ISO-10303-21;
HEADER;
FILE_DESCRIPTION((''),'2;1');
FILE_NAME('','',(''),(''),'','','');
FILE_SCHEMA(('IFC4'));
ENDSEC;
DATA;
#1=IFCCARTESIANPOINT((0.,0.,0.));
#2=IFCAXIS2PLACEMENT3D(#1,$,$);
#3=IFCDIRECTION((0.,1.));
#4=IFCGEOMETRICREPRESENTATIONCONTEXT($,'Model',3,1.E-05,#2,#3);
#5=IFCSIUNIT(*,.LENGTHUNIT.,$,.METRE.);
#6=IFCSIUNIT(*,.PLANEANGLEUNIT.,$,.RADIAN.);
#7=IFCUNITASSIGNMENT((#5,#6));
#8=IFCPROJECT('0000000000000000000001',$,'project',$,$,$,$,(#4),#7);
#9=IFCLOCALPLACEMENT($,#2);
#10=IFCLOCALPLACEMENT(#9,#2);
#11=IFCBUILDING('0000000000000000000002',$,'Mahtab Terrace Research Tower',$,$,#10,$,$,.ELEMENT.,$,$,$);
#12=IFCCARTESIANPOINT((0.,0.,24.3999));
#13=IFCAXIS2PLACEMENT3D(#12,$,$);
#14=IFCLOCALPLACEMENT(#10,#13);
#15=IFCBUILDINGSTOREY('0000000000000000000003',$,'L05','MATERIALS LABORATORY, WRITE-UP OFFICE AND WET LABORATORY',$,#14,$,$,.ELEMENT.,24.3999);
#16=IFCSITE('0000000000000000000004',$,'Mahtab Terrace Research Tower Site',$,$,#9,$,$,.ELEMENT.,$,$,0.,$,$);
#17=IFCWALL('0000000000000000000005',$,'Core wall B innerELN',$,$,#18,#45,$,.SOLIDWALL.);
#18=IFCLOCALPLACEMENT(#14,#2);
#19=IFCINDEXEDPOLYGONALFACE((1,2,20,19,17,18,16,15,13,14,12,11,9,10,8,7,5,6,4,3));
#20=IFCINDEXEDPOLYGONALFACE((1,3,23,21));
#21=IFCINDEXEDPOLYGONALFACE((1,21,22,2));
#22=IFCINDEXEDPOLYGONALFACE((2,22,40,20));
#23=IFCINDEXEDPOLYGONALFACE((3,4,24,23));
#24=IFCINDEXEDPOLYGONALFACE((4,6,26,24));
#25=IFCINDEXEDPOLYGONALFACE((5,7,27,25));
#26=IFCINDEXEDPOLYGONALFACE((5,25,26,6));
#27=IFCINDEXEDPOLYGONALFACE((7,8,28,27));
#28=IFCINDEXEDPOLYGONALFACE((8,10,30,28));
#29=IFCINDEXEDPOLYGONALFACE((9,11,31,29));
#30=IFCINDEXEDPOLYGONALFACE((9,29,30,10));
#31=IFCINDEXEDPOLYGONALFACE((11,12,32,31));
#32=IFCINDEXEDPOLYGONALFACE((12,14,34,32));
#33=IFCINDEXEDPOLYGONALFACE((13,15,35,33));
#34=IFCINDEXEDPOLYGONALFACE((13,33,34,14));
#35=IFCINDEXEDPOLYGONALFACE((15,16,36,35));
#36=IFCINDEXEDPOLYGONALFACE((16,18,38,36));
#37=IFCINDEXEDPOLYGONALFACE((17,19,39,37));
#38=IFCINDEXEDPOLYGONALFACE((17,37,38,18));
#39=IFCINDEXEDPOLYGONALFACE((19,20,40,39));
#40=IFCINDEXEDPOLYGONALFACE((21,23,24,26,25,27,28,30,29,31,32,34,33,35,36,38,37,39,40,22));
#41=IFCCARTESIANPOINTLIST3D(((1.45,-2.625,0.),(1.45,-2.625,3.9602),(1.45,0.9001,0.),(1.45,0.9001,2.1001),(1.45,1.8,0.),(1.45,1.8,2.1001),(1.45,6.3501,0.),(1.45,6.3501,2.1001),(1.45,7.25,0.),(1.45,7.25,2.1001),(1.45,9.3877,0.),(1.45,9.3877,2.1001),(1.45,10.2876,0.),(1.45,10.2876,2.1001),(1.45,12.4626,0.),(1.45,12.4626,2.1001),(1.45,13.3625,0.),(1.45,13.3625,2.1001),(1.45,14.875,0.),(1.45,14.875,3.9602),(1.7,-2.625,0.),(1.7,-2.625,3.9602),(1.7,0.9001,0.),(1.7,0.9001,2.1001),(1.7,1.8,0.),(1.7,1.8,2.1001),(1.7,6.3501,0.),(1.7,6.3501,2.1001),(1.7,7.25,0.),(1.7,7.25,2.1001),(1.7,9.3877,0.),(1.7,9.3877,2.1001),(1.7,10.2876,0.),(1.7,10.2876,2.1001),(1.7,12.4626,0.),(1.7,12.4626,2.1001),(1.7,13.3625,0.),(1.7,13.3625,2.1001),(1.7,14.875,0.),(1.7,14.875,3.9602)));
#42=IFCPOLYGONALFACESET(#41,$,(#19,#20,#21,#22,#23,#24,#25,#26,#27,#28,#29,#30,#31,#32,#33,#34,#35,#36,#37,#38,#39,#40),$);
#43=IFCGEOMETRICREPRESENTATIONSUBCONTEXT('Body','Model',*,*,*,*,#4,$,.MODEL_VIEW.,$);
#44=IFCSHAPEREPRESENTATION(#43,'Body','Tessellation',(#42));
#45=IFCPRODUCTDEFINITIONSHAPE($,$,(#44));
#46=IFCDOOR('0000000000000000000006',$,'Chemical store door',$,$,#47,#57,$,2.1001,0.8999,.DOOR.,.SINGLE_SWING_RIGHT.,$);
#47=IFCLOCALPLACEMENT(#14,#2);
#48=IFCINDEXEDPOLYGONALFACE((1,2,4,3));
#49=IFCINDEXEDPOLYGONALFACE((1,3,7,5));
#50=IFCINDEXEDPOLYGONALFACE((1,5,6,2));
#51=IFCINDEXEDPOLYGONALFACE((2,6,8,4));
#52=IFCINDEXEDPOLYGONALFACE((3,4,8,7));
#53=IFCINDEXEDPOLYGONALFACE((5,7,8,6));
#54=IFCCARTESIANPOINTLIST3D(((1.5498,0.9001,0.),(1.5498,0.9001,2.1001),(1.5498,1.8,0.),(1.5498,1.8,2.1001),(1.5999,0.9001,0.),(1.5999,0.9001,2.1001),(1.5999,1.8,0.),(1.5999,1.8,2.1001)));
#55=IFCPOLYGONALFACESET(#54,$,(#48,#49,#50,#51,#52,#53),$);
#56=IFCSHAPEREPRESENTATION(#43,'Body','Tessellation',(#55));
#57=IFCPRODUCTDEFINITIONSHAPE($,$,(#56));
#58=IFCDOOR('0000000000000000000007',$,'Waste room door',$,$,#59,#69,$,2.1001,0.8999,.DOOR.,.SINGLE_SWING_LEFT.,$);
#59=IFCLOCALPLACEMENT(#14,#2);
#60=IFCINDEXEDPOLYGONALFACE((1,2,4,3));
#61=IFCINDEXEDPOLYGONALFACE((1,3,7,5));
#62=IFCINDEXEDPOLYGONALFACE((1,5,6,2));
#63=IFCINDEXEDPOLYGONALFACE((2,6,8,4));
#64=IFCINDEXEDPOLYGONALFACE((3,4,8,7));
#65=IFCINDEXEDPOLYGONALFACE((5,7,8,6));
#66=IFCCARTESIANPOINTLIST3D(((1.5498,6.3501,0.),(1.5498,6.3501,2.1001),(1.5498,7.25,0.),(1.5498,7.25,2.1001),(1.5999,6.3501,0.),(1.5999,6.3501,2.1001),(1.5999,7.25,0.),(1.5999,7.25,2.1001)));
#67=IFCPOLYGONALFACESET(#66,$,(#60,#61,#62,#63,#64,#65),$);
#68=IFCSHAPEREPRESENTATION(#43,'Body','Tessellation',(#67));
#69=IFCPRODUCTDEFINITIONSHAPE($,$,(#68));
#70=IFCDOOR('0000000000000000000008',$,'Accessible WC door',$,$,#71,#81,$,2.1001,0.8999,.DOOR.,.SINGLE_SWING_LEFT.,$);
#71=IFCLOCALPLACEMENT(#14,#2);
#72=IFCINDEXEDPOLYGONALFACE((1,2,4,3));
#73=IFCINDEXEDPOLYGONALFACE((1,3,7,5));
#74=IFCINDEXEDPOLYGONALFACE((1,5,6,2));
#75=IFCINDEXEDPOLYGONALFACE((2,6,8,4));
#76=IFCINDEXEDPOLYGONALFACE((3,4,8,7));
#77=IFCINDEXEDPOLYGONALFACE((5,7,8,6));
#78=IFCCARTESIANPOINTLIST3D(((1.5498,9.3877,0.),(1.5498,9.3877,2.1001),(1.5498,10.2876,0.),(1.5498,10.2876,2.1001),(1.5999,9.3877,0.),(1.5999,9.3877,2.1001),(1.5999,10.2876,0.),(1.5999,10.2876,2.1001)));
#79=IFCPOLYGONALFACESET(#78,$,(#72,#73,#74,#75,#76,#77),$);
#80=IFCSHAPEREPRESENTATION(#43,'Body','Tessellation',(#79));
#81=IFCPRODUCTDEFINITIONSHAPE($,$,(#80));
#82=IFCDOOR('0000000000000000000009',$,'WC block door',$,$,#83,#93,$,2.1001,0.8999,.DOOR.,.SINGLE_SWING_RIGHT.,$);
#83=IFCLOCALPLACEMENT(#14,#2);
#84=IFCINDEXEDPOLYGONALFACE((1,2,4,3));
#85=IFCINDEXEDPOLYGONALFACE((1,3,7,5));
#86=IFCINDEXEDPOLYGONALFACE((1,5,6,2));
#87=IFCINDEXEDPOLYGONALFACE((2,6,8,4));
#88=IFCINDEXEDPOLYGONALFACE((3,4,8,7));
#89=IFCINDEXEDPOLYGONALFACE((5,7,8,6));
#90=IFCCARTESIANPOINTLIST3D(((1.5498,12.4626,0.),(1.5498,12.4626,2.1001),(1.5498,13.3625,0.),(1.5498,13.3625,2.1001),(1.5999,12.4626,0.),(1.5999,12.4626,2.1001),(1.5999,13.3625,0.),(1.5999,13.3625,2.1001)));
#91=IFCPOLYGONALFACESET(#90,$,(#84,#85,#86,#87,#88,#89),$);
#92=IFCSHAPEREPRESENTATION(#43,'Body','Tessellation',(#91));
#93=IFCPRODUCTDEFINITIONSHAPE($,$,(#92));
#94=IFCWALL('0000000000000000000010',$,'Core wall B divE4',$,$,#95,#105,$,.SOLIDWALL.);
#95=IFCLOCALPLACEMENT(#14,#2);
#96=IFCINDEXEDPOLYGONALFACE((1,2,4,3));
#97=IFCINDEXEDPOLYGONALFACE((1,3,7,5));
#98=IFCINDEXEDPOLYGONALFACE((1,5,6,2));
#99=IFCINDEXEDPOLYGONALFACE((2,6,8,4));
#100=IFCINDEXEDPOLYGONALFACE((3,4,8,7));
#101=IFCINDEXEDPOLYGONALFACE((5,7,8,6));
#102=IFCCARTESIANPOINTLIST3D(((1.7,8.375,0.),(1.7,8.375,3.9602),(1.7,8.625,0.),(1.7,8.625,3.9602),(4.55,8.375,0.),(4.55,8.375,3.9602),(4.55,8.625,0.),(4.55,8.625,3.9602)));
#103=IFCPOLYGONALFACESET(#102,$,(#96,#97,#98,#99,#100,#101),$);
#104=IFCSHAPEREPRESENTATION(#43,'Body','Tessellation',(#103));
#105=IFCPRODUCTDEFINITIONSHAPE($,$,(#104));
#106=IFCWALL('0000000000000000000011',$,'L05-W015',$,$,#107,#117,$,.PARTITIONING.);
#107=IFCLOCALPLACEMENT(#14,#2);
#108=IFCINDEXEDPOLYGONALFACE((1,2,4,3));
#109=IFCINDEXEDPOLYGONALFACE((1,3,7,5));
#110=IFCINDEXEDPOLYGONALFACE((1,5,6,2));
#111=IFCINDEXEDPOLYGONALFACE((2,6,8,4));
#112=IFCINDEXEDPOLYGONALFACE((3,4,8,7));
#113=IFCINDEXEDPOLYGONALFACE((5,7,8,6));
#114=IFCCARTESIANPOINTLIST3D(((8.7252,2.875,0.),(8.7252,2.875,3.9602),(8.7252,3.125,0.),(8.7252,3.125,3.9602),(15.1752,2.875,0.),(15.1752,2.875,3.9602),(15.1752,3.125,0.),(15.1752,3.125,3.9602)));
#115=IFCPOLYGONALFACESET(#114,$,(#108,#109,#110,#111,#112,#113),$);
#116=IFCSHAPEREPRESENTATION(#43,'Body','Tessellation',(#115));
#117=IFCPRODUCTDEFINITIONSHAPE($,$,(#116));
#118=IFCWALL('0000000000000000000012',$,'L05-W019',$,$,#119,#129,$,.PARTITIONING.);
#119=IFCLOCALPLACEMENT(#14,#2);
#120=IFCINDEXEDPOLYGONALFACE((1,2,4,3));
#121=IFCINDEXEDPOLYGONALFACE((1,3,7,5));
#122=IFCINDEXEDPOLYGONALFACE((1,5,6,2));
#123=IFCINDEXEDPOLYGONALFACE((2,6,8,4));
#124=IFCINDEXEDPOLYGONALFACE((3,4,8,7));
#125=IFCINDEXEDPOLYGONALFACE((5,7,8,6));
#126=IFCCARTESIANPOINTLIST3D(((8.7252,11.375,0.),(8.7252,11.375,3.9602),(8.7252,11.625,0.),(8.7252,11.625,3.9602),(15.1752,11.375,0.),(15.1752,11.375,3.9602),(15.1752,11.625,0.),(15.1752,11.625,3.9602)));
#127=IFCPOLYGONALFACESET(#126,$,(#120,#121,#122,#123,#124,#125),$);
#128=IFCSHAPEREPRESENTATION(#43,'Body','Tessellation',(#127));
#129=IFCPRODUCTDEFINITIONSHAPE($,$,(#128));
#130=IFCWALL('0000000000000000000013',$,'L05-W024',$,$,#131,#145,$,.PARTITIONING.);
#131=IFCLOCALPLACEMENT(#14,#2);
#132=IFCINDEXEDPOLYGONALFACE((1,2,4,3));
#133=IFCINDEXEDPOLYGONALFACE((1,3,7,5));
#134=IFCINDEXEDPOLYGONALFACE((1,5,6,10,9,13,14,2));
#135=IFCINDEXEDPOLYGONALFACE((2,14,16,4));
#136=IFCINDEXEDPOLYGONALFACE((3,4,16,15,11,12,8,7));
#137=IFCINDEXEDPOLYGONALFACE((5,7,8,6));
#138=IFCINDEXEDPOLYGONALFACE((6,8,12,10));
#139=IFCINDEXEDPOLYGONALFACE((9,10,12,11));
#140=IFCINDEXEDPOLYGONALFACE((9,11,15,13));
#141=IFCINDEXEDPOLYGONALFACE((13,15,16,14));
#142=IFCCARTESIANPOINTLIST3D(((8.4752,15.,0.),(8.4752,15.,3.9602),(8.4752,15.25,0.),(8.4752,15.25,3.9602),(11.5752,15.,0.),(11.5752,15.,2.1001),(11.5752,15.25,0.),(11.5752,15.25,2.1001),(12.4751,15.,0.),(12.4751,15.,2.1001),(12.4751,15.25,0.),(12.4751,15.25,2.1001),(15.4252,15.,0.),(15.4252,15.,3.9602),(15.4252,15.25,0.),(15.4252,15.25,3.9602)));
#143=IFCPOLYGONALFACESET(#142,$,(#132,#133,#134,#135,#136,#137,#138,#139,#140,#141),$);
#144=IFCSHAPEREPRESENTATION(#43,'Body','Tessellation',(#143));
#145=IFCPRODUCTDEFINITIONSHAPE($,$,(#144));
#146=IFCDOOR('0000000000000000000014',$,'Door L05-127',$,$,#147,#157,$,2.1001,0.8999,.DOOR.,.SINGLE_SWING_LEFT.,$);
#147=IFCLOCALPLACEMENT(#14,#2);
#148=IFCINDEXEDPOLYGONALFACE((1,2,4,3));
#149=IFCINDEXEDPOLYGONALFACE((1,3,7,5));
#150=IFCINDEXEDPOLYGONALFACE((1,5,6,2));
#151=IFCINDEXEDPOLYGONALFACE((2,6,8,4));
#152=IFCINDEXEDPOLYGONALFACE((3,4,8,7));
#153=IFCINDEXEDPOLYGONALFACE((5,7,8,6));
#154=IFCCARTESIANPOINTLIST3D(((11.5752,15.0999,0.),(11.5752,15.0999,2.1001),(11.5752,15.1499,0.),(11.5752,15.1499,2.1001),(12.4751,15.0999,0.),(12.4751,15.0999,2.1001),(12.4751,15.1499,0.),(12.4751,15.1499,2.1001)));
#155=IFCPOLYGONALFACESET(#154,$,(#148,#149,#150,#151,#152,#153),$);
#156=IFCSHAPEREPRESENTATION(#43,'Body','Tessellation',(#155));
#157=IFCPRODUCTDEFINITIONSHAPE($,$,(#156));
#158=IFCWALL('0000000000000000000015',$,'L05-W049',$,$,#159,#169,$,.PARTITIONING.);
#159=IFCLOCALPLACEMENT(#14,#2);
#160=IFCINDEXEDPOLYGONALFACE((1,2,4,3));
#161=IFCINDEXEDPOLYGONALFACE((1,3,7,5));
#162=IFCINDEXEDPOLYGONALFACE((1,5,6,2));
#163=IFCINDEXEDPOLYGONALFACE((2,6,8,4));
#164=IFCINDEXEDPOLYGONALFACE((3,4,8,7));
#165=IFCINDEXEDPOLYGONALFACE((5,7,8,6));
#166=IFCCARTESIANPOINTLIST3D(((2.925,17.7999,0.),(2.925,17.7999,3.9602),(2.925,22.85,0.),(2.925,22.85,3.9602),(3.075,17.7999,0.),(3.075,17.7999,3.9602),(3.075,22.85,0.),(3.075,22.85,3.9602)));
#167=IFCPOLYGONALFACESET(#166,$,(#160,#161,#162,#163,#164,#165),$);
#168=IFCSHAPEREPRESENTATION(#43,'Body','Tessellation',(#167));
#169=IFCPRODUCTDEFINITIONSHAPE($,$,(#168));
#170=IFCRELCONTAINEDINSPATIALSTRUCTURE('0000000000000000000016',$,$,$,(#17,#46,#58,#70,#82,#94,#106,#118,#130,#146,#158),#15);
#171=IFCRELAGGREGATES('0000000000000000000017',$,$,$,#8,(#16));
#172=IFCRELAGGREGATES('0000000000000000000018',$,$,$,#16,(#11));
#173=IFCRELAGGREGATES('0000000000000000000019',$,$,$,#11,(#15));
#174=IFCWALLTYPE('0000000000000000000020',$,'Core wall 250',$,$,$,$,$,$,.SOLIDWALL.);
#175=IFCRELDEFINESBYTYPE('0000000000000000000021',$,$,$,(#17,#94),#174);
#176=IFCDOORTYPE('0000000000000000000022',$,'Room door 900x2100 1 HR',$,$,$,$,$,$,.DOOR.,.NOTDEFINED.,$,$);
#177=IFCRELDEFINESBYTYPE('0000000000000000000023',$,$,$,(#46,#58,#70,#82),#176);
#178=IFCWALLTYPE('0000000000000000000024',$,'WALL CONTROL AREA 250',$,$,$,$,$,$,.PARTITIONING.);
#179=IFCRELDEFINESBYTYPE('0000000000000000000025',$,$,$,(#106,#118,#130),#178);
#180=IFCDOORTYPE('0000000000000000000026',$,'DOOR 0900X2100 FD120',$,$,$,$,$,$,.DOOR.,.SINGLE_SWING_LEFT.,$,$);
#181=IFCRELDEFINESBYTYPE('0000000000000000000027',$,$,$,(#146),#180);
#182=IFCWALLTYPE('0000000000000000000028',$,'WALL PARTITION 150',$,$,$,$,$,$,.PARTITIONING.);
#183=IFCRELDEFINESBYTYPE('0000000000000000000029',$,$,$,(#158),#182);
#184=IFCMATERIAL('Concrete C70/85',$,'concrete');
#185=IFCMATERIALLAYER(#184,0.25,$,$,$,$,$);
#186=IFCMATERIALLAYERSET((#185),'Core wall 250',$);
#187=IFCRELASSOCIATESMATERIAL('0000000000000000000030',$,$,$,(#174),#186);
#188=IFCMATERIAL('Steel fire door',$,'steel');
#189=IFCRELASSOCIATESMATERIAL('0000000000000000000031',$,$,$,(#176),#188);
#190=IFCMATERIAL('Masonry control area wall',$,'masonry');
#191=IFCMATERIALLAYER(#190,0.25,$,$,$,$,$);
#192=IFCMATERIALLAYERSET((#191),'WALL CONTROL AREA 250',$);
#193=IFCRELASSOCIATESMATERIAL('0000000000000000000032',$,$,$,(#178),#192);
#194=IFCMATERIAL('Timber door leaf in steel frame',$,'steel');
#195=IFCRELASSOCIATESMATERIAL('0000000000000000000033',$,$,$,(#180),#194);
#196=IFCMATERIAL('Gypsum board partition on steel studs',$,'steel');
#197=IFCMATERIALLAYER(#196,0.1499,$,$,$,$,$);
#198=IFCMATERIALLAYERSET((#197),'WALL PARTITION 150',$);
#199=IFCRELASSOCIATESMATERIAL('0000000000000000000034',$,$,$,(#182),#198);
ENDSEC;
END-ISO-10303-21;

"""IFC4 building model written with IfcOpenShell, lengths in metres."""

from ifc_helpers import new_model, si_unit, direction, frame, frame_2d, origin, place, context, subcontext, project, spatial, rectangle, extrude, material, layer, layer_set, type_object, element, fill, save


model = new_model("IFC4")

# Units and contexts
model_context = context("Model", 3, precision=1e-05, world=origin(), true_north=direction((0.0, 1.0)))
body_context = subcontext(model_context, "Body", "Model", "MODEL_VIEW")
ifc_project = project(units=[si_unit("LENGTHUNIT", "METRE"), si_unit("PLANEANGLEUNIT", "RADIAN")], contexts=[model_context])

# Site, building, storey
site_placement = place(None, origin())
site = spatial("IfcSite", under=ifc_project, at=site_placement, Name="Mahtab Terrace Research Tower Site", CompositionType="ELEMENT", RefElevation=0.0)
building_placement = place(site_placement, origin())
building = spatial("IfcBuilding", under=site, at=building_placement, Name="Mahtab Terrace Research Tower", CompositionType="ELEMENT")
storey_placement = place(building_placement, frame((0.0, 0.0, 24.3999)))
storey = spatial("IfcBuildingStorey", under=building, at=storey_placement, Name="L05", Description="MATERIALS LABORATORY, WRITE-UP OFFICE AND WET LABORATORY", CompositionType="ELEMENT", Elevation=24.3999)

# Shared definitions
ifc_material_1 = material(Name="Concrete C70/85", Category="concrete")

# Wall, openings, doors
ifc_layer_1 = layer(ifc_material_1, 0.25)
ifc_layer_set_1 = layer_set([ifc_layer_1], Name="Core wall 250")
wall_type_1 = type_object("IfcWallType", Name="Core wall 250", PredefinedType="SOLIDWALL", material=ifc_layer_set_1)
wall_1_placement = place(storey_placement, frame((1.575, 14.875, 0.0), z_axis=(0.0, 0.0, 1.0), x_axis=(0.0, -1.0, 0.0)))
wall_1 = element("IfcWall", 1, at=wall_1_placement, inside=storey, type_object=wall_type_1, Name="Core wall B innerELN", PredefinedType="SOLIDWALL", context=body_context, shape_type="SweptSolid", body=[
    extrude(rectangle(XDim=17.5, YDim=0.25, at=frame_2d((8.75, 0.0))), origin(), (0.0, 0.0, 1.0), 3.9602),
])
opening_1_placement = place(wall_1_placement, frame((13.075, 0.0, 0.0)))
opening_1 = element("IfcOpeningElement", 2, at=opening_1_placement, cuts=wall_1, PredefinedType="OPENING", context=body_context, shape_type="SweptSolid", body=[
    extrude(rectangle(XDim=0.8999, YDim=2.1001, at=frame_2d((0.45, 1.05))), frame((0.0, 0.135, 0.0), z_axis=(0.0, -1.0, 0.0), x_axis=(1.0, 0.0, 0.0)), (0.0, 0.0, 1.0), 0.27),
])
opening_2_placement = place(wall_1_placement, frame((7.625, 0.0, 0.0)))
opening_2 = element("IfcOpeningElement", 3, at=opening_2_placement, cuts=wall_1, PredefinedType="OPENING", context=body_context, shape_type="SweptSolid", body=[
    extrude(rectangle(XDim=0.8999, YDim=2.1001, at=frame_2d((0.45, 1.05))), frame((0.0, 0.135, 0.0), z_axis=(0.0, -1.0, 0.0), x_axis=(1.0, 0.0, 0.0)), (0.0, 0.0, 1.0), 0.27),
])
opening_3_placement = place(wall_1_placement, frame((4.5874, 0.0, 0.0)))
opening_3 = element("IfcOpeningElement", 4, at=opening_3_placement, cuts=wall_1, PredefinedType="OPENING", context=body_context, shape_type="SweptSolid", body=[
    extrude(rectangle(XDim=0.8999, YDim=2.1001, at=frame_2d((0.45, 1.05))), frame((0.0, 0.135, 0.0), z_axis=(0.0, -1.0, 0.0), x_axis=(1.0, 0.0, 0.0)), (0.0, 0.0, 1.0), 0.27),
])
opening_4_placement = place(wall_1_placement, frame((1.5125, 0.0, 0.0)))
opening_4 = element("IfcOpeningElement", 5, at=opening_4_placement, cuts=wall_1, PredefinedType="OPENING", context=body_context, shape_type="SweptSolid", body=[
    extrude(rectangle(XDim=0.8999, YDim=2.1001, at=frame_2d((0.45, 1.05))), frame((0.0, 0.135, 0.0), z_axis=(0.0, -1.0, 0.0), x_axis=(1.0, 0.0, 0.0)), (0.0, 0.0, 1.0), 0.27),
])
ifc_material_2 = material(Name="Steel fire door", Category="steel")
door_type_1 = type_object("IfcDoorType", Name="Room door 900x2100 1 HR", OperationType="NOTDEFINED", PredefinedType="DOOR", material=ifc_material_2)
door_1_placement = place(opening_1_placement, origin())
door_1 = element("IfcDoor", 6, at=door_1_placement, inside=storey, type_object=door_type_1, Name="Chemical store door", OperationType="SINGLE_SWING_RIGHT", OverallHeight=2.1001, OverallWidth=0.8999, PredefinedType="DOOR", context=body_context, shape_type="SweptSolid", body=[
    extrude(rectangle(XDim=0.8999, YDim=2.1001, at=frame_2d((0.45, 1.05))), frame((0.0, 0.0249, 0.0), z_axis=(0.0, -1.0, 0.0), x_axis=(1.0, 0.0, 0.0)), (0.0, 0.0, 1.0), 0.05),
])
fill(opening_1, door_1)
door_2_placement = place(opening_2_placement, origin())
door_2 = element("IfcDoor", 7, at=door_2_placement, inside=storey, type_object=door_type_1, Name="Waste room door", OperationType="SINGLE_SWING_LEFT", OverallHeight=2.1001, OverallWidth=0.8999, PredefinedType="DOOR", context=body_context, shape_type="SweptSolid", body=[
    extrude(rectangle(XDim=0.8999, YDim=2.1001, at=frame_2d((0.45, 1.05))), frame((0.0, 0.0249, 0.0), z_axis=(0.0, -1.0, 0.0), x_axis=(1.0, 0.0, 0.0)), (0.0, 0.0, 1.0), 0.05),
])
fill(opening_2, door_2)
door_3_placement = place(opening_3_placement, origin())
door_3 = element("IfcDoor", 8, at=door_3_placement, inside=storey, type_object=door_type_1, Name="Accessible WC door", OperationType="SINGLE_SWING_LEFT", OverallHeight=2.1001, OverallWidth=0.8999, PredefinedType="DOOR", context=body_context, shape_type="SweptSolid", body=[
    extrude(rectangle(XDim=0.8999, YDim=2.1001, at=frame_2d((0.45, 1.05))), frame((0.0, 0.0249, 0.0), z_axis=(0.0, -1.0, 0.0), x_axis=(1.0, 0.0, 0.0)), (0.0, 0.0, 1.0), 0.05),
])
fill(opening_3, door_3)
door_4_placement = place(opening_4_placement, origin())
door_4 = element("IfcDoor", 9, at=door_4_placement, inside=storey, type_object=door_type_1, Name="WC block door", OperationType="SINGLE_SWING_RIGHT", OverallHeight=2.1001, OverallWidth=0.8999, PredefinedType="DOOR", context=body_context, shape_type="SweptSolid", body=[
    extrude(rectangle(XDim=0.8999, YDim=2.1001, at=frame_2d((0.45, 1.05))), frame((0.0, 0.0249, 0.0), z_axis=(0.0, -1.0, 0.0), x_axis=(1.0, 0.0, 0.0)), (0.0, 0.0, 1.0), 0.05),
])
fill(opening_4, door_4)

# Walls
wall_2_placement = place(storey_placement, frame((1.7, 8.5, 0.0), z_axis=(0.0, 0.0, 1.0), x_axis=(1.0, 0.0, 0.0)))
element("IfcWall", 10, at=wall_2_placement, inside=storey, type_object=wall_type_1, Name="Core wall B divE4", PredefinedType="SOLIDWALL", context=body_context, shape_type="SweptSolid", body=[
    extrude(rectangle(XDim=2.8501, YDim=0.25, at=frame_2d((1.425, 0.0))), origin(), (0.0, 0.0, 1.0), 3.9602),
])
ifc_material_3 = material(Name="Masonry control area wall", Category="masonry")
ifc_layer_2 = layer(ifc_material_3, 0.25)
ifc_layer_set_2 = layer_set([ifc_layer_2], Name="WALL CONTROL AREA 250")
wall_type_2 = type_object("IfcWallType", Name="WALL CONTROL AREA 250", PredefinedType="PARTITIONING", material=ifc_layer_set_2)
for number, where, z_axis, x_axis, name in (
    (11, (8.7251, 3.0, 0.0), (0.0, 0.0, 1.0), (1.0, 0.0, 0.0), "L05-W015"),
    (12, (8.7251, 11.5, 0.0), (0.0, 0.0, 1.0), (1.0, 0.0, 0.0), "L05-W019"),
):
    element("IfcWall", number, at=place(storey_placement, frame(where, z_axis=z_axis, x_axis=x_axis)), inside=storey, type_object=wall_type_2, Name=name, PredefinedType="PARTITIONING", context=body_context, shape_type="SweptSolid", body=[
        extrude(rectangle(XDim=6.45, YDim=0.25, at=frame_2d((3.2251, 0.0))), origin(), (0.0, 0.0, 1.0), 3.9602),
    ])

# Wall, opening, door
wall_3_placement = place(storey_placement, frame((8.4751, 15.125, 0.0), z_axis=(0.0, 0.0, 1.0), x_axis=(1.0, 0.0, 0.0)))
wall_3 = element("IfcWall", 13, at=wall_3_placement, inside=storey, type_object=wall_type_2, Name="L05-W024", PredefinedType="PARTITIONING", context=body_context, shape_type="SweptSolid", body=[
    extrude(rectangle(XDim=6.95, YDim=0.25, at=frame_2d((3.4751, 0.0))), origin(), (0.0, 0.0, 1.0), 3.9602),
])
opening_5_placement = place(wall_3_placement, frame((3.1001, 0.0, 0.0)))
opening_5 = element("IfcOpeningElement", 14, at=opening_5_placement, cuts=wall_3, PredefinedType="OPENING", context=body_context, shape_type="SweptSolid", body=[
    extrude(rectangle(XDim=0.8999, YDim=2.1001, at=frame_2d((0.45, 1.05))), frame((0.0, 0.135, 0.0), z_axis=(0.0, -1.0, 0.0), x_axis=(1.0, 0.0, 0.0)), (0.0, 0.0, 1.0), 0.27),
])
ifc_material_4 = material(Name="Timber door leaf in steel frame", Category="steel")
door_type_2 = type_object("IfcDoorType", Name="DOOR 0900X2100 FD120", OperationType="SINGLE_SWING_LEFT", PredefinedType="DOOR", material=ifc_material_4)
door_5_placement = place(opening_5_placement, origin())
door_5 = element("IfcDoor", 15, at=door_5_placement, inside=storey, type_object=door_type_2, Name="Door L05-127", OperationType="SINGLE_SWING_LEFT", OverallHeight=2.1001, OverallWidth=0.8999, PredefinedType="DOOR", context=body_context, shape_type="SweptSolid", body=[
    extrude(rectangle(XDim=0.8999, YDim=2.1001, at=frame_2d((0.45, 1.05))), frame((0.0, 0.0249, 0.0), z_axis=(0.0, -1.0, 0.0), x_axis=(1.0, 0.0, 0.0)), (0.0, 0.0, 1.0), 0.05),
])
fill(opening_5, door_5)

# Wall
ifc_material_5 = material(Name="Gypsum board partition on steel studs", Category="steel")
ifc_layer_3 = layer(ifc_material_5, 0.1499)
ifc_layer_set_3 = layer_set([ifc_layer_3], Name="WALL PARTITION 150")
wall_type_3 = type_object("IfcWallType", Name="WALL PARTITION 150", PredefinedType="PARTITIONING", material=ifc_layer_set_3)
wall_4_placement = place(storey_placement, frame((3.0, 17.8, 0.0), z_axis=(0.0, 0.0, 1.0), x_axis=(0.0, 1.0, 0.0)))
element("IfcWall", 16, at=wall_4_placement, inside=storey, type_object=wall_type_3, Name="L05-W049", PredefinedType="PARTITIONING", context=body_context, shape_type="SweptSolid", body=[
    extrude(rectangle(XDim=5.05, YDim=0.1499, at=frame_2d((2.5249, 0.0))), origin(), (0.0, 0.0, 1.0), 3.9602),
])

save(model, "model.ifc")
